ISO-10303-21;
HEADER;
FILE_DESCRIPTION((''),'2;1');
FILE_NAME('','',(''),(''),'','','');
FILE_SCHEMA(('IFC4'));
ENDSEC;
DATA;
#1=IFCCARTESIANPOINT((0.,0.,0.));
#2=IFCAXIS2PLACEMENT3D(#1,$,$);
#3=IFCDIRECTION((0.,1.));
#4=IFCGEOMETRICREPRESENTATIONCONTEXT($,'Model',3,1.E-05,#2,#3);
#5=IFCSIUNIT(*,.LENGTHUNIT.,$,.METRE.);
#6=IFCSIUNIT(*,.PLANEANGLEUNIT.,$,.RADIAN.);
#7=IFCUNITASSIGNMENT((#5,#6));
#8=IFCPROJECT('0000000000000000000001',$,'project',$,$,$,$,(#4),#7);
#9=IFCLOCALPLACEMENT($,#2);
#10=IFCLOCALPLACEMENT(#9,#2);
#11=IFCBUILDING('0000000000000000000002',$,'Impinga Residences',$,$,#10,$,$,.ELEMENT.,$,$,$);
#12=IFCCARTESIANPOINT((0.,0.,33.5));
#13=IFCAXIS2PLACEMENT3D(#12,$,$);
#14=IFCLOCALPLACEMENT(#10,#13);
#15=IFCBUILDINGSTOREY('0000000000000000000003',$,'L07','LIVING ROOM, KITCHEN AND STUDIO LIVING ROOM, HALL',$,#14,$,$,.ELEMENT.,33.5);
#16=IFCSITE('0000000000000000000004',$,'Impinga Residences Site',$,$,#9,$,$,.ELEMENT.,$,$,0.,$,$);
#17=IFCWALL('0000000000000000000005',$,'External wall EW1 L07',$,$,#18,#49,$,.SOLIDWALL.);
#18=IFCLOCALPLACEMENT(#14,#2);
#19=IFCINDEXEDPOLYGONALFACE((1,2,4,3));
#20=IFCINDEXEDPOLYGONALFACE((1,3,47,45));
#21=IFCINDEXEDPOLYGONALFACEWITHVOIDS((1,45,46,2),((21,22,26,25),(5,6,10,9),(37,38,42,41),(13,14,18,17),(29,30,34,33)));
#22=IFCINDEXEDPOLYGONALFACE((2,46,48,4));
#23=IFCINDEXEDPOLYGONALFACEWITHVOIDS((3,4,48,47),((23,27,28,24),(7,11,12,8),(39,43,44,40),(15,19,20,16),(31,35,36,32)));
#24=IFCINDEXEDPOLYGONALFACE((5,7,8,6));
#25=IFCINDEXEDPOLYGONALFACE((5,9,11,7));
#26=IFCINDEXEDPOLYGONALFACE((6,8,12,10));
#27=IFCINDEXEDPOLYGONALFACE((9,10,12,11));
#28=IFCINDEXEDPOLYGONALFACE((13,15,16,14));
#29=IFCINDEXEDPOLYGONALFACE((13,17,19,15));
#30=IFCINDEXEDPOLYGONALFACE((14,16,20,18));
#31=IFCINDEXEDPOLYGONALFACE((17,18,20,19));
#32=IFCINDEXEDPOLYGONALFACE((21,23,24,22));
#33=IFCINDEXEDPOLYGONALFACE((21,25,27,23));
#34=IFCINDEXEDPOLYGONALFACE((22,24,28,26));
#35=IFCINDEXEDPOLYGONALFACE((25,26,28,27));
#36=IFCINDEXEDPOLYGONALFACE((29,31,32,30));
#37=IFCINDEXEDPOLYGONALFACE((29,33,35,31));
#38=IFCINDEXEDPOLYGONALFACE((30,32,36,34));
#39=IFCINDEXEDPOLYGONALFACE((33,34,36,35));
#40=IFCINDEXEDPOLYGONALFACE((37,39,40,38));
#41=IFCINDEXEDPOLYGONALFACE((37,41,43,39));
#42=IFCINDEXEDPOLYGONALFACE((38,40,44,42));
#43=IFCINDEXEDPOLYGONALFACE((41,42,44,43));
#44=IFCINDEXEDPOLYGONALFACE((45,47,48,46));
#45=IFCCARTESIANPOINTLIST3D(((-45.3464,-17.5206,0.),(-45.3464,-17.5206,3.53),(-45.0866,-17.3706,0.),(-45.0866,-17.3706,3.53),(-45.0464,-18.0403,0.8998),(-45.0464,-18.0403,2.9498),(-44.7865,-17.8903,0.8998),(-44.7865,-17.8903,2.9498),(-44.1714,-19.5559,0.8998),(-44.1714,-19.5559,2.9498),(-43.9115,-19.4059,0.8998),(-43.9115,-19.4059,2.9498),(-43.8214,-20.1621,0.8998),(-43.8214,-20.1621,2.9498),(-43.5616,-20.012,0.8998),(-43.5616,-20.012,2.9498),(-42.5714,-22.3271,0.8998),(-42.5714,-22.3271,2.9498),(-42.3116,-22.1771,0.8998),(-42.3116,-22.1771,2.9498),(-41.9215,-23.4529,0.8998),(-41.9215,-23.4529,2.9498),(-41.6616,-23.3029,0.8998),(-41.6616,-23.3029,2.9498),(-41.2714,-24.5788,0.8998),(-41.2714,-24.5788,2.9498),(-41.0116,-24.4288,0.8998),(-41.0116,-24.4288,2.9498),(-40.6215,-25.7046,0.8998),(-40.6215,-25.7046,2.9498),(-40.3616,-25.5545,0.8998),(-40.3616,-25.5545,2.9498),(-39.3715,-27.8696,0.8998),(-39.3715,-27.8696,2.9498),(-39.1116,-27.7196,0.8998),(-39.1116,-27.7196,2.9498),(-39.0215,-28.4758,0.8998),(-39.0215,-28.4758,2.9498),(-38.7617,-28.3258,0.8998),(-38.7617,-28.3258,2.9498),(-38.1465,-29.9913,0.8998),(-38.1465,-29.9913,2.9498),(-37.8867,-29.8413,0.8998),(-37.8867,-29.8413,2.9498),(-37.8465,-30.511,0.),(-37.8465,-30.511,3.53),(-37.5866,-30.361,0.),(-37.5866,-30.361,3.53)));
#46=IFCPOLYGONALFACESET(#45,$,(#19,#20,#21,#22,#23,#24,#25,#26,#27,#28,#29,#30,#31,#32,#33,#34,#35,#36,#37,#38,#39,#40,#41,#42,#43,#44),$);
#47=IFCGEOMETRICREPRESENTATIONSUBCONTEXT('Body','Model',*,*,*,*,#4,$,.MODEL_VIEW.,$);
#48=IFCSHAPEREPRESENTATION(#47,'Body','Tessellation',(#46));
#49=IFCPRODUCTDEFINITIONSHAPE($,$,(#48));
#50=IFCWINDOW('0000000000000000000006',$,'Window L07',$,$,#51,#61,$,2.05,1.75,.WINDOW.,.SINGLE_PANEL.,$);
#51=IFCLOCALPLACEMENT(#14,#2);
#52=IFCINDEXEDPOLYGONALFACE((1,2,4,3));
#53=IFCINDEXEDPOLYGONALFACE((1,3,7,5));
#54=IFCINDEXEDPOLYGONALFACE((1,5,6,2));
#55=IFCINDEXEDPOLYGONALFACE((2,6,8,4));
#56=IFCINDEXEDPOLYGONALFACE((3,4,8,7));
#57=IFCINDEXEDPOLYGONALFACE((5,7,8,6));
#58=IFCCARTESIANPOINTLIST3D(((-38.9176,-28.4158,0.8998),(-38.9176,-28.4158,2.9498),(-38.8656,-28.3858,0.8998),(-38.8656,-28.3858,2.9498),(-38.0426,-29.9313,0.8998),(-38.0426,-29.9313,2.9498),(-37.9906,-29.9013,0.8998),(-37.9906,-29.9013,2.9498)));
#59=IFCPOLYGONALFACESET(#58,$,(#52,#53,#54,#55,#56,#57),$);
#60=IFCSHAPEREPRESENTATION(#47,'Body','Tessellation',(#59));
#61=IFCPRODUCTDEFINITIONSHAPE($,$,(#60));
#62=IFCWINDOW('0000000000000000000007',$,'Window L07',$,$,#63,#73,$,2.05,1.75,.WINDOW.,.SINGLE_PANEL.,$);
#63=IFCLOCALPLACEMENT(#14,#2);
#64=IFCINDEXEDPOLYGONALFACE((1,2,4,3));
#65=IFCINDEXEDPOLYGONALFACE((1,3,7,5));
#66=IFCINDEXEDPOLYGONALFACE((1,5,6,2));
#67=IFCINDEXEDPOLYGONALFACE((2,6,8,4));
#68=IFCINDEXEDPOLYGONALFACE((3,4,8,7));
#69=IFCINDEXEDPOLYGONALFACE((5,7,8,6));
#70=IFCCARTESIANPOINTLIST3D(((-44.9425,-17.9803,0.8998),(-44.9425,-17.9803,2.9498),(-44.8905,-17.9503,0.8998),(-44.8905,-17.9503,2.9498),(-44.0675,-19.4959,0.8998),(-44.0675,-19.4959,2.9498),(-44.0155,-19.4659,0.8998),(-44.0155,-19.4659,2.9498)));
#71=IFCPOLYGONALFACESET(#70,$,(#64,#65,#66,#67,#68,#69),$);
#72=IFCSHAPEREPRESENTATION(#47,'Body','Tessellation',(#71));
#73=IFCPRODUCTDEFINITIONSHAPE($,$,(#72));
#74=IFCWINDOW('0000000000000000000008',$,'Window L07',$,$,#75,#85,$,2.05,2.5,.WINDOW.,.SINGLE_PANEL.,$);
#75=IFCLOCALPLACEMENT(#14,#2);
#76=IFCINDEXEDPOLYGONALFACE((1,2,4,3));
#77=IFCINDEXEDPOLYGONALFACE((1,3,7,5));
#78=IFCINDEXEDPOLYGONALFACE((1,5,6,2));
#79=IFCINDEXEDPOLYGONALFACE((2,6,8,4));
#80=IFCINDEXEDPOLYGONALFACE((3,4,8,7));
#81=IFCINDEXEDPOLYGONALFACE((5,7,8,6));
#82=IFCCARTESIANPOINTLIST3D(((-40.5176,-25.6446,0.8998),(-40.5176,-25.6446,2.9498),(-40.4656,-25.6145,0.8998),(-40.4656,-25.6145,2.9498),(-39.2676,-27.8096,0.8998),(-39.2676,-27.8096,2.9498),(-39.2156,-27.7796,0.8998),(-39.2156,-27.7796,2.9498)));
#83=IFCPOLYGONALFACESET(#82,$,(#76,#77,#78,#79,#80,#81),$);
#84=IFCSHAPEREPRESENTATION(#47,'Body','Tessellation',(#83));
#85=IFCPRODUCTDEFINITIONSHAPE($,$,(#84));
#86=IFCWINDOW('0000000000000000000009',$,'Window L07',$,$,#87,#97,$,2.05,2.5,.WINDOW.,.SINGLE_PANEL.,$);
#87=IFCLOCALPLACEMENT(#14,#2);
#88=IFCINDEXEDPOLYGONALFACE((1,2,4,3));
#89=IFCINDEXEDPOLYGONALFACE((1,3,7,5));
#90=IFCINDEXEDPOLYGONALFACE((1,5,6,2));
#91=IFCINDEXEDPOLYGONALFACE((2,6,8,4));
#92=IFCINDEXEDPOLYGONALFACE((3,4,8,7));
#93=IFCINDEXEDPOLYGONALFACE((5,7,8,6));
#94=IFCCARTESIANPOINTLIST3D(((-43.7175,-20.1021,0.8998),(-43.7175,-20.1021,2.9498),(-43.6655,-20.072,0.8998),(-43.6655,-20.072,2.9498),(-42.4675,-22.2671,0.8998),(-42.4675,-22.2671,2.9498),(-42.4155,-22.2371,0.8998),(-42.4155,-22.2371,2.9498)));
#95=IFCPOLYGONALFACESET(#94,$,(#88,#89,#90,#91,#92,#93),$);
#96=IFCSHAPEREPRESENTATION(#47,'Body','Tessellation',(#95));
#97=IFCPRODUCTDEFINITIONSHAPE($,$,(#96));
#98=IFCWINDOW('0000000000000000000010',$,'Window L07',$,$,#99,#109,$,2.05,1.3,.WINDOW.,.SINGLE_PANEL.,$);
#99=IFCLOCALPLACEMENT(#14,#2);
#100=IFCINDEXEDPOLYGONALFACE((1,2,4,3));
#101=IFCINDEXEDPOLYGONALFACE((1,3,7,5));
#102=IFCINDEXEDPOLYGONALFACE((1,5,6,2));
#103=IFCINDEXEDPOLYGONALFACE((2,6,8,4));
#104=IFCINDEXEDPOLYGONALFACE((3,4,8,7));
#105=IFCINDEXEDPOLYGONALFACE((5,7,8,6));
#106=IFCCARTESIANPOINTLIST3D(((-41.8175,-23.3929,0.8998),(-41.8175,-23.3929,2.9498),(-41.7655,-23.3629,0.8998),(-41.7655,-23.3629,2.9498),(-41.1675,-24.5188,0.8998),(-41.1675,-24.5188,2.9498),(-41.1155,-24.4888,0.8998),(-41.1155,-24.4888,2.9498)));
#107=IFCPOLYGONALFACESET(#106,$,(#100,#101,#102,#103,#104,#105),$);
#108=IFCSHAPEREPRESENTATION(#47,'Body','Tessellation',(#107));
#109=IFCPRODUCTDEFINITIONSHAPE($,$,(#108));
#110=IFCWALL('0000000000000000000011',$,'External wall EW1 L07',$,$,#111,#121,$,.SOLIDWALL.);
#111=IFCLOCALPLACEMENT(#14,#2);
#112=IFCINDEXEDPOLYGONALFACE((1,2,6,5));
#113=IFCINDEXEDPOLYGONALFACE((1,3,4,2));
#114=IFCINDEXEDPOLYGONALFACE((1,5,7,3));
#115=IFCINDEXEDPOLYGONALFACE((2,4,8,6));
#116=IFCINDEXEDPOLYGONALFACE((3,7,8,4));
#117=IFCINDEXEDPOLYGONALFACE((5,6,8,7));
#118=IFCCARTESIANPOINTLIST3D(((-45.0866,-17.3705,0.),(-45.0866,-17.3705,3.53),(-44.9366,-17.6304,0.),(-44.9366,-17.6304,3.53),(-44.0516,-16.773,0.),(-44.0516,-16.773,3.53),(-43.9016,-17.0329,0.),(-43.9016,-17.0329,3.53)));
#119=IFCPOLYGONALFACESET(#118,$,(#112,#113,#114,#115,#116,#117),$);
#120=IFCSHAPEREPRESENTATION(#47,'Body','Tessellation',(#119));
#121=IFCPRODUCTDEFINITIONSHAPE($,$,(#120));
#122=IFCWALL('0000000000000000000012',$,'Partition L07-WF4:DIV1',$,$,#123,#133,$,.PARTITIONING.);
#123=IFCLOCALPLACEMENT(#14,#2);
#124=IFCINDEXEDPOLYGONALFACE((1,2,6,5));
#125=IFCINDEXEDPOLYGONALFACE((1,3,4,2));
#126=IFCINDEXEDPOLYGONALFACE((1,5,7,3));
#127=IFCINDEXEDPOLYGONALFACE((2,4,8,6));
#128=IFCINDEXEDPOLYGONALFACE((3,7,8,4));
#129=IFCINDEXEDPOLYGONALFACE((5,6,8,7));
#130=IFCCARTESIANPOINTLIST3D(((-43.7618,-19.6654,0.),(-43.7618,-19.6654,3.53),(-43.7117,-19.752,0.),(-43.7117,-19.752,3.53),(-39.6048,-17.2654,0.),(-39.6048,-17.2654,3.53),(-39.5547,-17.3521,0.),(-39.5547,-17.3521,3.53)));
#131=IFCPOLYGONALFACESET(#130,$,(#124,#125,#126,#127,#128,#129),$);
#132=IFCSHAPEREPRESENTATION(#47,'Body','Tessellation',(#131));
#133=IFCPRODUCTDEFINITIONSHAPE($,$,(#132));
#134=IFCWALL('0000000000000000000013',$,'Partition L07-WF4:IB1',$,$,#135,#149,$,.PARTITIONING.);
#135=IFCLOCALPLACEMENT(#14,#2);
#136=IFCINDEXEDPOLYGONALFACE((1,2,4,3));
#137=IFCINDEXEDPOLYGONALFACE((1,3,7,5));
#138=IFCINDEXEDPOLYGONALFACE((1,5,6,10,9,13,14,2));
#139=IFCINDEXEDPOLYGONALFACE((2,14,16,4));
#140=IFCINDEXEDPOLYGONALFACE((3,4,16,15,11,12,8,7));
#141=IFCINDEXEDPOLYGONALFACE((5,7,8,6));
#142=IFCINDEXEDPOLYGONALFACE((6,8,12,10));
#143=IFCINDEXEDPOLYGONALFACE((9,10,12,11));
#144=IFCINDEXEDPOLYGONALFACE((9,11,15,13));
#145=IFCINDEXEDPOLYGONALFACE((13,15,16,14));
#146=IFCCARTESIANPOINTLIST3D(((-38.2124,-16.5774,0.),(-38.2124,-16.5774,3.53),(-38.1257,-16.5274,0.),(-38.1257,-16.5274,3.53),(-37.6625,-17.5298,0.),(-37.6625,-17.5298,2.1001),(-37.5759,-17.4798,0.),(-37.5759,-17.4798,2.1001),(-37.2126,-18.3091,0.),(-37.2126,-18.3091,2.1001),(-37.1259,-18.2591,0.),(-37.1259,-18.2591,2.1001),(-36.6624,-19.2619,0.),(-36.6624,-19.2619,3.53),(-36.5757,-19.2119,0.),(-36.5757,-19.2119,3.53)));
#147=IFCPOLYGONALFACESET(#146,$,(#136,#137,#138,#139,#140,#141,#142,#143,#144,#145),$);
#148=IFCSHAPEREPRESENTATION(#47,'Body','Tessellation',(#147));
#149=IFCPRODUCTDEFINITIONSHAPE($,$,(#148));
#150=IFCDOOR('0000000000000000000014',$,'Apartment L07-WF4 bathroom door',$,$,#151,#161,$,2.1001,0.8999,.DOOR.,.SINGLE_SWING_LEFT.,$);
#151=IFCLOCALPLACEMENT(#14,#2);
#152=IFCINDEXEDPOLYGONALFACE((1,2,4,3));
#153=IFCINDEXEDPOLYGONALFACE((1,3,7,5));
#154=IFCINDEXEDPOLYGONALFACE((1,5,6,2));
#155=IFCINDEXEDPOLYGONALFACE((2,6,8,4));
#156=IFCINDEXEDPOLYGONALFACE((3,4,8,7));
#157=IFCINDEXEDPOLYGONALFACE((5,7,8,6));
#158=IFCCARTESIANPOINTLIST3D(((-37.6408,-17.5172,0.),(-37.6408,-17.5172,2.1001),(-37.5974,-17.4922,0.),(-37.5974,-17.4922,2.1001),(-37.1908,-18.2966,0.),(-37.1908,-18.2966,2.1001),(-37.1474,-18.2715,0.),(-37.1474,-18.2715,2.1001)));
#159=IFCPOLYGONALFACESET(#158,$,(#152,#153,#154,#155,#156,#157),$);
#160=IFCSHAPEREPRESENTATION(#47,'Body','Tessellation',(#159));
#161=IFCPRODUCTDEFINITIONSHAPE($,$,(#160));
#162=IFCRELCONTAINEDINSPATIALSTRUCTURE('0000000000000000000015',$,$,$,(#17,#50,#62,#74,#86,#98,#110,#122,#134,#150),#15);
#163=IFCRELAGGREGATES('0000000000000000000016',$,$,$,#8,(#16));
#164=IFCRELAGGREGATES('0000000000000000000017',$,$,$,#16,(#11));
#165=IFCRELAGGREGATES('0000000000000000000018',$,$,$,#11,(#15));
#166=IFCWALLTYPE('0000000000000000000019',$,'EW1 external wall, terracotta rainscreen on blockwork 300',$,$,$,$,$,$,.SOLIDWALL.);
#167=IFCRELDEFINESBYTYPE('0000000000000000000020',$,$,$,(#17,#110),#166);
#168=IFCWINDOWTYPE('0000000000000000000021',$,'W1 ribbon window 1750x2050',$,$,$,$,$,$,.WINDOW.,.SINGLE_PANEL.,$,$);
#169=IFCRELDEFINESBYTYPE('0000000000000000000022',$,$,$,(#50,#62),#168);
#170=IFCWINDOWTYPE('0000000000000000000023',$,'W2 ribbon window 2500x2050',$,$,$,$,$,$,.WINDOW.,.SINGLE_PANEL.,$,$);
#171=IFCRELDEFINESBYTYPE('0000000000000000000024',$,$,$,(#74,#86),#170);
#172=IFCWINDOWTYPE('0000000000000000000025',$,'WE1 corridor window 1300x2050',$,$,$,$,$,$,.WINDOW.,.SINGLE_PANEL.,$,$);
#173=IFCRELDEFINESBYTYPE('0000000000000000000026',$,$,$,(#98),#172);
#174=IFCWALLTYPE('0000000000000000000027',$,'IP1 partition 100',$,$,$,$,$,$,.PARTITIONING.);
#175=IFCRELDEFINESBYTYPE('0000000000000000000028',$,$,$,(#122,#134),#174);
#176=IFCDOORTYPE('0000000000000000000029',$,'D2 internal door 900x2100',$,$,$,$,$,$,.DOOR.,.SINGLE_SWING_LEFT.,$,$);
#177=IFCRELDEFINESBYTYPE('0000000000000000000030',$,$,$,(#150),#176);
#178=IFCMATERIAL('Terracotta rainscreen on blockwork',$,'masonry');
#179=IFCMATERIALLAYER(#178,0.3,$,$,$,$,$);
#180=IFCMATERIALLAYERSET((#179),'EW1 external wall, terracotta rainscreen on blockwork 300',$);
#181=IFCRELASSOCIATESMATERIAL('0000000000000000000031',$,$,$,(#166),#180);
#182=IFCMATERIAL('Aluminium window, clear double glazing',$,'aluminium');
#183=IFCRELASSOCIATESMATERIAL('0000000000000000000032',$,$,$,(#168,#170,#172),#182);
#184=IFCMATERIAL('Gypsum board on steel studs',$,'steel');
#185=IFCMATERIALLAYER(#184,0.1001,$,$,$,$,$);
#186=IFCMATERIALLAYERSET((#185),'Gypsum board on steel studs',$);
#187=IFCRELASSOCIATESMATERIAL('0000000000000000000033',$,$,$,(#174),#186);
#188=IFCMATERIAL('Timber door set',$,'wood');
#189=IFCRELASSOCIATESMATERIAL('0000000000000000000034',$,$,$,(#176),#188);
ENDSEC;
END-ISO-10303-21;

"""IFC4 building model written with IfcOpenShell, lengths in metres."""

from ifc_helpers import new_model, si_unit, direction, frame, frame_2d, origin, place, context, subcontext, project, spatial, rectangle, extrude, material, layer, layer_set, type_object, element, fill, save


model = new_model("IFC4")

# Units and contexts
model_context = context("Model", 3, precision=1e-05, world=origin(), true_north=direction((0.0, 1.0)))
body_context = subcontext(model_context, "Body", "Model", "MODEL_VIEW")
ifc_project = project(units=[si_unit("LENGTHUNIT", "METRE"), si_unit("PLANEANGLEUNIT", "RADIAN")], contexts=[model_context])

# Site, building, storey
site_placement = place(None, origin())
site = spatial("IfcSite", under=ifc_project, at=site_placement, Name="Impinga Residences Site", CompositionType="ELEMENT", RefElevation=0.0)
building_placement = place(site_placement, origin())
building = spatial("IfcBuilding", under=site, at=building_placement, Name="Impinga Residences", CompositionType="ELEMENT")
storey_placement = place(building_placement, frame((0.0, 0.0, 33.5)))
storey = spatial("IfcBuildingStorey", under=building, at=storey_placement, Name="L07", Description="LIVING ROOM, KITCHEN AND STUDIO LIVING ROOM, HALL", CompositionType="ELEMENT", Elevation=33.5)

# Shared definitions
ifc_material_1 = material(Name="Terracotta rainscreen on blockwork", Category="masonry")
ifc_layer_1 = layer(ifc_material_1, 0.3)
ifc_layer_set_1 = layer_set([ifc_layer_1], Name="EW1 external wall, terracotta rainscreen on blockwork 300")
wall_type_1 = type_object("IfcWallType", Name="EW1 external wall, terracotta rainscreen on blockwork 300", PredefinedType="SOLIDWALL", material=ifc_layer_set_1)

# Wall, openings, windows
wall_1_placement = place(storey_placement, frame((-37.7166, -30.436, 0.0), z_axis=(0.0, 0.0, 1.0), x_axis=(-0.499997, 0.866027, 0.0)))
wall_1 = element("IfcWall", 1, at=wall_1_placement, inside=storey, type_object=wall_type_1, Name="External wall EW1 L07", PredefinedType="SOLIDWALL", context=body_context, shape_type="SweptSolid", body=[
    extrude(rectangle(XDim=15.0, YDim=0.3, at=frame_2d((7.5, 0.0))), origin(), (0.0, 0.0, 1.0), 3.53),
])
opening_1_placement = place(wall_1_placement, frame((0.6001, 0.0, 0.8999)))
opening_1 = element("IfcOpeningElement", 2, at=opening_1_placement, cuts=wall_1, PredefinedType="OPENING", context=body_context, shape_type="SweptSolid", body=[
    extrude(rectangle(XDim=1.75, YDim=2.05, at=frame_2d((0.875, 1.0249))), frame((0.0, 0.1599, 0.0), z_axis=(0.0, -1.0, 0.0), x_axis=(1.0, 0.0, 0.0)), (0.0, 0.0, 1.0), 0.3201),
])
opening_2_placement = place(wall_1_placement, frame((3.05, 0.0, 0.8999)))
opening_2 = element("IfcOpeningElement", 3, at=opening_2_placement, cuts=wall_1, PredefinedType="OPENING", context=body_context, shape_type="SweptSolid", body=[
    extrude(rectangle(XDim=2.5, YDim=2.05, at=frame_2d((1.25, 1.0249))), frame((0.0, 0.1599, 0.0), z_axis=(0.0, -1.0, 0.0), x_axis=(1.0, 0.0, 0.0)), (0.0, 0.0, 1.0), 0.3201),
])
opening_3_placement = place(wall_1_placement, frame((6.8501, 0.0, 0.8999)))
opening_3 = element("IfcOpeningElement", 4, at=opening_3_placement, cuts=wall_1, PredefinedType="OPENING", context=body_context, shape_type="SweptSolid", body=[
    extrude(rectangle(XDim=1.3, YDim=2.05, at=frame_2d((0.6499, 1.0249))), frame((0.0, 0.1599, 0.0), z_axis=(0.0, -1.0, 0.0), x_axis=(1.0, 0.0, 0.0)), (0.0, 0.0, 1.0), 0.3201),
])
opening_4_placement = place(wall_1_placement, frame((9.45, 0.0, 0.8999)))
opening_4 = element("IfcOpeningElement", 5, at=opening_4_placement, cuts=wall_1, PredefinedType="OPENING", context=body_context, shape_type="SweptSolid", body=[
    extrude(rectangle(XDim=2.5, YDim=2.05, at=frame_2d((1.25, 1.0249))), frame((0.0, 0.1599, 0.0), z_axis=(0.0, -1.0, 0.0), x_axis=(1.0, 0.0, 0.0)), (0.0, 0.0, 1.0), 0.3201),
])
opening_5_placement = place(wall_1_placement, frame((12.6499, 0.0, 0.8999)))
opening_5 = element("IfcOpeningElement", 6, at=opening_5_placement, cuts=wall_1, PredefinedType="OPENING", context=body_context, shape_type="SweptSolid", body=[
    extrude(rectangle(XDim=1.75, YDim=2.05, at=frame_2d((0.875, 1.0249))), frame((0.0, 0.1599, 0.0), z_axis=(0.0, -1.0, 0.0), x_axis=(1.0, 0.0, 0.0)), (0.0, 0.0, 1.0), 0.3201),
])
ifc_material_2 = material(Name="Aluminium window, clear double glazing", Category="aluminium")
window_type_1 = type_object("IfcWindowType", Name="W1 ribbon window 1750x2050", PartitioningType="SINGLE_PANEL", PredefinedType="WINDOW", material=ifc_material_2)
window_1_placement = place(opening_1_placement, origin())
window_1 = element("IfcWindow", 7, at=window_1_placement, inside=storey, type_object=window_type_1, Name="Window L07", OverallHeight=2.05, OverallWidth=1.75, PartitioningType="SINGLE_PANEL", PredefinedType="WINDOW", context=body_context, shape_type="SweptSolid", body=[
    extrude(rectangle(XDim=1.75, YDim=2.05, at=frame_2d((0.875, 1.0249))), frame((0.0, 0.03, 0.0), z_axis=(0.0, -1.0, 0.0), x_axis=(1.0, 0.0, 0.0)), (0.0, 0.0, 1.0), 0.0601),
])
fill(opening_1, window_1)
window_2_placement = place(opening_5_placement, origin())
window_2 = element("IfcWindow", 8, at=window_2_placement, inside=storey, type_object=window_type_1, Name="Window L07", OverallHeight=2.05, OverallWidth=1.75, PartitioningType="SINGLE_PANEL", PredefinedType="WINDOW", context=body_context, shape_type="SweptSolid", body=[
    extrude(rectangle(XDim=1.75, YDim=2.05, at=frame_2d((0.875, 1.0249))), frame((0.0, 0.03, 0.0), z_axis=(0.0, -1.0, 0.0), x_axis=(1.0, 0.0, 0.0)), (0.0, 0.0, 1.0), 0.0601),
])
fill(opening_5, window_2)
window_type_2 = type_object("IfcWindowType", Name="W2 ribbon window 2500x2050", PartitioningType="SINGLE_PANEL", PredefinedType="WINDOW", material=ifc_material_2)
window_3_placement = place(opening_2_placement, origin())
window_3 = element("IfcWindow", 9, at=window_3_placement, inside=storey, type_object=window_type_2, Name="Window L07", OverallHeight=2.05, OverallWidth=2.5, PartitioningType="SINGLE_PANEL", PredefinedType="WINDOW", context=body_context, shape_type="SweptSolid", body=[
    extrude(rectangle(XDim=2.5, YDim=2.05, at=frame_2d((1.25, 1.0249))), frame((0.0, 0.03, 0.0), z_axis=(0.0, -1.0, 0.0), x_axis=(1.0, 0.0, 0.0)), (0.0, 0.0, 1.0), 0.0601),
])
fill(opening_2, window_3)
window_4_placement = place(opening_4_placement, origin())
window_4 = element("IfcWindow", 10, at=window_4_placement, inside=storey, type_object=window_type_2, Name="Window L07", OverallHeight=2.05, OverallWidth=2.5, PartitioningType="SINGLE_PANEL", PredefinedType="WINDOW", context=body_context, shape_type="SweptSolid", body=[
    extrude(rectangle(XDim=2.5, YDim=2.05, at=frame_2d((1.25, 1.0249))), frame((0.0, 0.03, 0.0), z_axis=(0.0, -1.0, 0.0), x_axis=(1.0, 0.0, 0.0)), (0.0, 0.0, 1.0), 0.0601),
])
fill(opening_4, window_4)
window_type_3 = type_object("IfcWindowType", Name="WE1 corridor window 1300x2050", PartitioningType="SINGLE_PANEL", PredefinedType="WINDOW", material=ifc_material_2)
window_5_placement = place(opening_3_placement, origin())
window_5 = element("IfcWindow", 11, at=window_5_placement, inside=storey, type_object=window_type_3, Name="Window L07", OverallHeight=2.05, OverallWidth=1.3, PartitioningType="SINGLE_PANEL", PredefinedType="WINDOW", context=body_context, shape_type="SweptSolid", body=[
    extrude(rectangle(XDim=1.3, YDim=2.05, at=frame_2d((0.6499, 1.0249))), frame((0.0, 0.03, 0.0), z_axis=(0.0, -1.0, 0.0), x_axis=(1.0, 0.0, 0.0)), (0.0, 0.0, 1.0), 0.0601),
])
fill(opening_3, window_5)

# Walls
wall_2_placement = place(storey_placement, frame((-45.0117, -17.5005, 0.0), z_axis=(0.0, 0.0, 1.0), x_axis=(0.86606, 0.499941, 0.0)))
element("IfcWall", 12, at=wall_2_placement, inside=storey, type_object=wall_type_1, Name="External wall EW1 L07", PredefinedType="SOLIDWALL", context=body_context, shape_type="SweptSolid", body=[
    extrude(rectangle(XDim=1.1951, YDim=0.3, at=frame_2d((0.5977, 0.0))), origin(), (0.0, 0.0, 1.0), 3.53),
])
ifc_material_3 = material(Name="Gypsum board on steel studs", Category="steel")
ifc_layer_2 = layer(ifc_material_3, 0.1001)
ifc_layer_set_2 = layer_set([ifc_layer_2], Name="Gypsum board on steel studs")
wall_type_2 = type_object("IfcWallType", Name="IP1 partition 100", PredefinedType="PARTITIONING", material=ifc_layer_set_2)
wall_3_placement = place(storey_placement, frame((-39.5798, -17.3088, 0.0), z_axis=(0.0, 0.0, 1.0), x_axis=(-0.866037, -0.499979, 0.0)))
element("IfcWall", 13, at=wall_3_placement, inside=storey, type_object=wall_type_2, Name="Partition L07-WF4:DIV1", PredefinedType="PARTITIONING", context=body_context, shape_type="SweptSolid", body=[
    extrude(rectangle(XDim=4.8, YDim=0.1001, at=frame_2d((2.3999, 0.0))), origin(), (0.0, 0.0, 1.0), 3.53),
])

# Wall, opening, door
wall_4_placement = place(storey_placement, frame((-36.6191, -19.2368, 0.0), z_axis=(0.0, 0.0, 1.0), x_axis=(-0.500027, 0.86601, 0.0)))
wall_4 = element("IfcWall", 14, at=wall_4_placement, inside=storey, type_object=wall_type_2, Name="Partition L07-WF4:IB1", PredefinedType="PARTITIONING", context=body_context, shape_type="SweptSolid", body=[
    extrude(rectangle(XDim=3.0999, YDim=0.1001, at=frame_2d((1.5498, 0.0))), origin(), (0.0, 0.0, 1.0), 3.53),
])
opening_6_placement = place(wall_4_placement, frame((1.1001, 0.0, 0.0)))
opening_6 = element("IfcOpeningElement", 15, at=opening_6_placement, cuts=wall_4, PredefinedType="OPENING", context=body_context, shape_type="SweptSolid", body=[
    extrude(rectangle(XDim=0.8999, YDim=2.1001, at=frame_2d((0.45, 1.05))), frame((0.0, 0.0601, 0.0), z_axis=(0.0, -1.0, 0.0), x_axis=(1.0, 0.0, 0.0)), (0.0, 0.0, 1.0), 0.1201),
])
ifc_material_4 = material(Name="Timber door set", Category="wood")
door_type = type_object("IfcDoorType", Name="D2 internal door 900x2100", OperationType="SINGLE_SWING_LEFT", PredefinedType="DOOR", material=ifc_material_4)
door_placement = place(opening_6_placement, origin())
door = element("IfcDoor", 16, at=door_placement, inside=storey, type_object=door_type, Name="Apartment L07-WF4 bathroom door", OperationType="SINGLE_SWING_LEFT", OverallHeight=2.1001, OverallWidth=0.8999, PredefinedType="DOOR", context=body_context, shape_type="SweptSolid", body=[
    extrude(rectangle(XDim=0.8999, YDim=2.1001, at=frame_2d((0.45, 1.05))), frame((0.0, 0.0249, 0.0), z_axis=(0.0, -1.0, 0.0), x_axis=(1.0, 0.0, 0.0)), (0.0, 0.0, 1.0), 0.05),
])
fill(opening_6, door)

save(model, "model.ifc")
